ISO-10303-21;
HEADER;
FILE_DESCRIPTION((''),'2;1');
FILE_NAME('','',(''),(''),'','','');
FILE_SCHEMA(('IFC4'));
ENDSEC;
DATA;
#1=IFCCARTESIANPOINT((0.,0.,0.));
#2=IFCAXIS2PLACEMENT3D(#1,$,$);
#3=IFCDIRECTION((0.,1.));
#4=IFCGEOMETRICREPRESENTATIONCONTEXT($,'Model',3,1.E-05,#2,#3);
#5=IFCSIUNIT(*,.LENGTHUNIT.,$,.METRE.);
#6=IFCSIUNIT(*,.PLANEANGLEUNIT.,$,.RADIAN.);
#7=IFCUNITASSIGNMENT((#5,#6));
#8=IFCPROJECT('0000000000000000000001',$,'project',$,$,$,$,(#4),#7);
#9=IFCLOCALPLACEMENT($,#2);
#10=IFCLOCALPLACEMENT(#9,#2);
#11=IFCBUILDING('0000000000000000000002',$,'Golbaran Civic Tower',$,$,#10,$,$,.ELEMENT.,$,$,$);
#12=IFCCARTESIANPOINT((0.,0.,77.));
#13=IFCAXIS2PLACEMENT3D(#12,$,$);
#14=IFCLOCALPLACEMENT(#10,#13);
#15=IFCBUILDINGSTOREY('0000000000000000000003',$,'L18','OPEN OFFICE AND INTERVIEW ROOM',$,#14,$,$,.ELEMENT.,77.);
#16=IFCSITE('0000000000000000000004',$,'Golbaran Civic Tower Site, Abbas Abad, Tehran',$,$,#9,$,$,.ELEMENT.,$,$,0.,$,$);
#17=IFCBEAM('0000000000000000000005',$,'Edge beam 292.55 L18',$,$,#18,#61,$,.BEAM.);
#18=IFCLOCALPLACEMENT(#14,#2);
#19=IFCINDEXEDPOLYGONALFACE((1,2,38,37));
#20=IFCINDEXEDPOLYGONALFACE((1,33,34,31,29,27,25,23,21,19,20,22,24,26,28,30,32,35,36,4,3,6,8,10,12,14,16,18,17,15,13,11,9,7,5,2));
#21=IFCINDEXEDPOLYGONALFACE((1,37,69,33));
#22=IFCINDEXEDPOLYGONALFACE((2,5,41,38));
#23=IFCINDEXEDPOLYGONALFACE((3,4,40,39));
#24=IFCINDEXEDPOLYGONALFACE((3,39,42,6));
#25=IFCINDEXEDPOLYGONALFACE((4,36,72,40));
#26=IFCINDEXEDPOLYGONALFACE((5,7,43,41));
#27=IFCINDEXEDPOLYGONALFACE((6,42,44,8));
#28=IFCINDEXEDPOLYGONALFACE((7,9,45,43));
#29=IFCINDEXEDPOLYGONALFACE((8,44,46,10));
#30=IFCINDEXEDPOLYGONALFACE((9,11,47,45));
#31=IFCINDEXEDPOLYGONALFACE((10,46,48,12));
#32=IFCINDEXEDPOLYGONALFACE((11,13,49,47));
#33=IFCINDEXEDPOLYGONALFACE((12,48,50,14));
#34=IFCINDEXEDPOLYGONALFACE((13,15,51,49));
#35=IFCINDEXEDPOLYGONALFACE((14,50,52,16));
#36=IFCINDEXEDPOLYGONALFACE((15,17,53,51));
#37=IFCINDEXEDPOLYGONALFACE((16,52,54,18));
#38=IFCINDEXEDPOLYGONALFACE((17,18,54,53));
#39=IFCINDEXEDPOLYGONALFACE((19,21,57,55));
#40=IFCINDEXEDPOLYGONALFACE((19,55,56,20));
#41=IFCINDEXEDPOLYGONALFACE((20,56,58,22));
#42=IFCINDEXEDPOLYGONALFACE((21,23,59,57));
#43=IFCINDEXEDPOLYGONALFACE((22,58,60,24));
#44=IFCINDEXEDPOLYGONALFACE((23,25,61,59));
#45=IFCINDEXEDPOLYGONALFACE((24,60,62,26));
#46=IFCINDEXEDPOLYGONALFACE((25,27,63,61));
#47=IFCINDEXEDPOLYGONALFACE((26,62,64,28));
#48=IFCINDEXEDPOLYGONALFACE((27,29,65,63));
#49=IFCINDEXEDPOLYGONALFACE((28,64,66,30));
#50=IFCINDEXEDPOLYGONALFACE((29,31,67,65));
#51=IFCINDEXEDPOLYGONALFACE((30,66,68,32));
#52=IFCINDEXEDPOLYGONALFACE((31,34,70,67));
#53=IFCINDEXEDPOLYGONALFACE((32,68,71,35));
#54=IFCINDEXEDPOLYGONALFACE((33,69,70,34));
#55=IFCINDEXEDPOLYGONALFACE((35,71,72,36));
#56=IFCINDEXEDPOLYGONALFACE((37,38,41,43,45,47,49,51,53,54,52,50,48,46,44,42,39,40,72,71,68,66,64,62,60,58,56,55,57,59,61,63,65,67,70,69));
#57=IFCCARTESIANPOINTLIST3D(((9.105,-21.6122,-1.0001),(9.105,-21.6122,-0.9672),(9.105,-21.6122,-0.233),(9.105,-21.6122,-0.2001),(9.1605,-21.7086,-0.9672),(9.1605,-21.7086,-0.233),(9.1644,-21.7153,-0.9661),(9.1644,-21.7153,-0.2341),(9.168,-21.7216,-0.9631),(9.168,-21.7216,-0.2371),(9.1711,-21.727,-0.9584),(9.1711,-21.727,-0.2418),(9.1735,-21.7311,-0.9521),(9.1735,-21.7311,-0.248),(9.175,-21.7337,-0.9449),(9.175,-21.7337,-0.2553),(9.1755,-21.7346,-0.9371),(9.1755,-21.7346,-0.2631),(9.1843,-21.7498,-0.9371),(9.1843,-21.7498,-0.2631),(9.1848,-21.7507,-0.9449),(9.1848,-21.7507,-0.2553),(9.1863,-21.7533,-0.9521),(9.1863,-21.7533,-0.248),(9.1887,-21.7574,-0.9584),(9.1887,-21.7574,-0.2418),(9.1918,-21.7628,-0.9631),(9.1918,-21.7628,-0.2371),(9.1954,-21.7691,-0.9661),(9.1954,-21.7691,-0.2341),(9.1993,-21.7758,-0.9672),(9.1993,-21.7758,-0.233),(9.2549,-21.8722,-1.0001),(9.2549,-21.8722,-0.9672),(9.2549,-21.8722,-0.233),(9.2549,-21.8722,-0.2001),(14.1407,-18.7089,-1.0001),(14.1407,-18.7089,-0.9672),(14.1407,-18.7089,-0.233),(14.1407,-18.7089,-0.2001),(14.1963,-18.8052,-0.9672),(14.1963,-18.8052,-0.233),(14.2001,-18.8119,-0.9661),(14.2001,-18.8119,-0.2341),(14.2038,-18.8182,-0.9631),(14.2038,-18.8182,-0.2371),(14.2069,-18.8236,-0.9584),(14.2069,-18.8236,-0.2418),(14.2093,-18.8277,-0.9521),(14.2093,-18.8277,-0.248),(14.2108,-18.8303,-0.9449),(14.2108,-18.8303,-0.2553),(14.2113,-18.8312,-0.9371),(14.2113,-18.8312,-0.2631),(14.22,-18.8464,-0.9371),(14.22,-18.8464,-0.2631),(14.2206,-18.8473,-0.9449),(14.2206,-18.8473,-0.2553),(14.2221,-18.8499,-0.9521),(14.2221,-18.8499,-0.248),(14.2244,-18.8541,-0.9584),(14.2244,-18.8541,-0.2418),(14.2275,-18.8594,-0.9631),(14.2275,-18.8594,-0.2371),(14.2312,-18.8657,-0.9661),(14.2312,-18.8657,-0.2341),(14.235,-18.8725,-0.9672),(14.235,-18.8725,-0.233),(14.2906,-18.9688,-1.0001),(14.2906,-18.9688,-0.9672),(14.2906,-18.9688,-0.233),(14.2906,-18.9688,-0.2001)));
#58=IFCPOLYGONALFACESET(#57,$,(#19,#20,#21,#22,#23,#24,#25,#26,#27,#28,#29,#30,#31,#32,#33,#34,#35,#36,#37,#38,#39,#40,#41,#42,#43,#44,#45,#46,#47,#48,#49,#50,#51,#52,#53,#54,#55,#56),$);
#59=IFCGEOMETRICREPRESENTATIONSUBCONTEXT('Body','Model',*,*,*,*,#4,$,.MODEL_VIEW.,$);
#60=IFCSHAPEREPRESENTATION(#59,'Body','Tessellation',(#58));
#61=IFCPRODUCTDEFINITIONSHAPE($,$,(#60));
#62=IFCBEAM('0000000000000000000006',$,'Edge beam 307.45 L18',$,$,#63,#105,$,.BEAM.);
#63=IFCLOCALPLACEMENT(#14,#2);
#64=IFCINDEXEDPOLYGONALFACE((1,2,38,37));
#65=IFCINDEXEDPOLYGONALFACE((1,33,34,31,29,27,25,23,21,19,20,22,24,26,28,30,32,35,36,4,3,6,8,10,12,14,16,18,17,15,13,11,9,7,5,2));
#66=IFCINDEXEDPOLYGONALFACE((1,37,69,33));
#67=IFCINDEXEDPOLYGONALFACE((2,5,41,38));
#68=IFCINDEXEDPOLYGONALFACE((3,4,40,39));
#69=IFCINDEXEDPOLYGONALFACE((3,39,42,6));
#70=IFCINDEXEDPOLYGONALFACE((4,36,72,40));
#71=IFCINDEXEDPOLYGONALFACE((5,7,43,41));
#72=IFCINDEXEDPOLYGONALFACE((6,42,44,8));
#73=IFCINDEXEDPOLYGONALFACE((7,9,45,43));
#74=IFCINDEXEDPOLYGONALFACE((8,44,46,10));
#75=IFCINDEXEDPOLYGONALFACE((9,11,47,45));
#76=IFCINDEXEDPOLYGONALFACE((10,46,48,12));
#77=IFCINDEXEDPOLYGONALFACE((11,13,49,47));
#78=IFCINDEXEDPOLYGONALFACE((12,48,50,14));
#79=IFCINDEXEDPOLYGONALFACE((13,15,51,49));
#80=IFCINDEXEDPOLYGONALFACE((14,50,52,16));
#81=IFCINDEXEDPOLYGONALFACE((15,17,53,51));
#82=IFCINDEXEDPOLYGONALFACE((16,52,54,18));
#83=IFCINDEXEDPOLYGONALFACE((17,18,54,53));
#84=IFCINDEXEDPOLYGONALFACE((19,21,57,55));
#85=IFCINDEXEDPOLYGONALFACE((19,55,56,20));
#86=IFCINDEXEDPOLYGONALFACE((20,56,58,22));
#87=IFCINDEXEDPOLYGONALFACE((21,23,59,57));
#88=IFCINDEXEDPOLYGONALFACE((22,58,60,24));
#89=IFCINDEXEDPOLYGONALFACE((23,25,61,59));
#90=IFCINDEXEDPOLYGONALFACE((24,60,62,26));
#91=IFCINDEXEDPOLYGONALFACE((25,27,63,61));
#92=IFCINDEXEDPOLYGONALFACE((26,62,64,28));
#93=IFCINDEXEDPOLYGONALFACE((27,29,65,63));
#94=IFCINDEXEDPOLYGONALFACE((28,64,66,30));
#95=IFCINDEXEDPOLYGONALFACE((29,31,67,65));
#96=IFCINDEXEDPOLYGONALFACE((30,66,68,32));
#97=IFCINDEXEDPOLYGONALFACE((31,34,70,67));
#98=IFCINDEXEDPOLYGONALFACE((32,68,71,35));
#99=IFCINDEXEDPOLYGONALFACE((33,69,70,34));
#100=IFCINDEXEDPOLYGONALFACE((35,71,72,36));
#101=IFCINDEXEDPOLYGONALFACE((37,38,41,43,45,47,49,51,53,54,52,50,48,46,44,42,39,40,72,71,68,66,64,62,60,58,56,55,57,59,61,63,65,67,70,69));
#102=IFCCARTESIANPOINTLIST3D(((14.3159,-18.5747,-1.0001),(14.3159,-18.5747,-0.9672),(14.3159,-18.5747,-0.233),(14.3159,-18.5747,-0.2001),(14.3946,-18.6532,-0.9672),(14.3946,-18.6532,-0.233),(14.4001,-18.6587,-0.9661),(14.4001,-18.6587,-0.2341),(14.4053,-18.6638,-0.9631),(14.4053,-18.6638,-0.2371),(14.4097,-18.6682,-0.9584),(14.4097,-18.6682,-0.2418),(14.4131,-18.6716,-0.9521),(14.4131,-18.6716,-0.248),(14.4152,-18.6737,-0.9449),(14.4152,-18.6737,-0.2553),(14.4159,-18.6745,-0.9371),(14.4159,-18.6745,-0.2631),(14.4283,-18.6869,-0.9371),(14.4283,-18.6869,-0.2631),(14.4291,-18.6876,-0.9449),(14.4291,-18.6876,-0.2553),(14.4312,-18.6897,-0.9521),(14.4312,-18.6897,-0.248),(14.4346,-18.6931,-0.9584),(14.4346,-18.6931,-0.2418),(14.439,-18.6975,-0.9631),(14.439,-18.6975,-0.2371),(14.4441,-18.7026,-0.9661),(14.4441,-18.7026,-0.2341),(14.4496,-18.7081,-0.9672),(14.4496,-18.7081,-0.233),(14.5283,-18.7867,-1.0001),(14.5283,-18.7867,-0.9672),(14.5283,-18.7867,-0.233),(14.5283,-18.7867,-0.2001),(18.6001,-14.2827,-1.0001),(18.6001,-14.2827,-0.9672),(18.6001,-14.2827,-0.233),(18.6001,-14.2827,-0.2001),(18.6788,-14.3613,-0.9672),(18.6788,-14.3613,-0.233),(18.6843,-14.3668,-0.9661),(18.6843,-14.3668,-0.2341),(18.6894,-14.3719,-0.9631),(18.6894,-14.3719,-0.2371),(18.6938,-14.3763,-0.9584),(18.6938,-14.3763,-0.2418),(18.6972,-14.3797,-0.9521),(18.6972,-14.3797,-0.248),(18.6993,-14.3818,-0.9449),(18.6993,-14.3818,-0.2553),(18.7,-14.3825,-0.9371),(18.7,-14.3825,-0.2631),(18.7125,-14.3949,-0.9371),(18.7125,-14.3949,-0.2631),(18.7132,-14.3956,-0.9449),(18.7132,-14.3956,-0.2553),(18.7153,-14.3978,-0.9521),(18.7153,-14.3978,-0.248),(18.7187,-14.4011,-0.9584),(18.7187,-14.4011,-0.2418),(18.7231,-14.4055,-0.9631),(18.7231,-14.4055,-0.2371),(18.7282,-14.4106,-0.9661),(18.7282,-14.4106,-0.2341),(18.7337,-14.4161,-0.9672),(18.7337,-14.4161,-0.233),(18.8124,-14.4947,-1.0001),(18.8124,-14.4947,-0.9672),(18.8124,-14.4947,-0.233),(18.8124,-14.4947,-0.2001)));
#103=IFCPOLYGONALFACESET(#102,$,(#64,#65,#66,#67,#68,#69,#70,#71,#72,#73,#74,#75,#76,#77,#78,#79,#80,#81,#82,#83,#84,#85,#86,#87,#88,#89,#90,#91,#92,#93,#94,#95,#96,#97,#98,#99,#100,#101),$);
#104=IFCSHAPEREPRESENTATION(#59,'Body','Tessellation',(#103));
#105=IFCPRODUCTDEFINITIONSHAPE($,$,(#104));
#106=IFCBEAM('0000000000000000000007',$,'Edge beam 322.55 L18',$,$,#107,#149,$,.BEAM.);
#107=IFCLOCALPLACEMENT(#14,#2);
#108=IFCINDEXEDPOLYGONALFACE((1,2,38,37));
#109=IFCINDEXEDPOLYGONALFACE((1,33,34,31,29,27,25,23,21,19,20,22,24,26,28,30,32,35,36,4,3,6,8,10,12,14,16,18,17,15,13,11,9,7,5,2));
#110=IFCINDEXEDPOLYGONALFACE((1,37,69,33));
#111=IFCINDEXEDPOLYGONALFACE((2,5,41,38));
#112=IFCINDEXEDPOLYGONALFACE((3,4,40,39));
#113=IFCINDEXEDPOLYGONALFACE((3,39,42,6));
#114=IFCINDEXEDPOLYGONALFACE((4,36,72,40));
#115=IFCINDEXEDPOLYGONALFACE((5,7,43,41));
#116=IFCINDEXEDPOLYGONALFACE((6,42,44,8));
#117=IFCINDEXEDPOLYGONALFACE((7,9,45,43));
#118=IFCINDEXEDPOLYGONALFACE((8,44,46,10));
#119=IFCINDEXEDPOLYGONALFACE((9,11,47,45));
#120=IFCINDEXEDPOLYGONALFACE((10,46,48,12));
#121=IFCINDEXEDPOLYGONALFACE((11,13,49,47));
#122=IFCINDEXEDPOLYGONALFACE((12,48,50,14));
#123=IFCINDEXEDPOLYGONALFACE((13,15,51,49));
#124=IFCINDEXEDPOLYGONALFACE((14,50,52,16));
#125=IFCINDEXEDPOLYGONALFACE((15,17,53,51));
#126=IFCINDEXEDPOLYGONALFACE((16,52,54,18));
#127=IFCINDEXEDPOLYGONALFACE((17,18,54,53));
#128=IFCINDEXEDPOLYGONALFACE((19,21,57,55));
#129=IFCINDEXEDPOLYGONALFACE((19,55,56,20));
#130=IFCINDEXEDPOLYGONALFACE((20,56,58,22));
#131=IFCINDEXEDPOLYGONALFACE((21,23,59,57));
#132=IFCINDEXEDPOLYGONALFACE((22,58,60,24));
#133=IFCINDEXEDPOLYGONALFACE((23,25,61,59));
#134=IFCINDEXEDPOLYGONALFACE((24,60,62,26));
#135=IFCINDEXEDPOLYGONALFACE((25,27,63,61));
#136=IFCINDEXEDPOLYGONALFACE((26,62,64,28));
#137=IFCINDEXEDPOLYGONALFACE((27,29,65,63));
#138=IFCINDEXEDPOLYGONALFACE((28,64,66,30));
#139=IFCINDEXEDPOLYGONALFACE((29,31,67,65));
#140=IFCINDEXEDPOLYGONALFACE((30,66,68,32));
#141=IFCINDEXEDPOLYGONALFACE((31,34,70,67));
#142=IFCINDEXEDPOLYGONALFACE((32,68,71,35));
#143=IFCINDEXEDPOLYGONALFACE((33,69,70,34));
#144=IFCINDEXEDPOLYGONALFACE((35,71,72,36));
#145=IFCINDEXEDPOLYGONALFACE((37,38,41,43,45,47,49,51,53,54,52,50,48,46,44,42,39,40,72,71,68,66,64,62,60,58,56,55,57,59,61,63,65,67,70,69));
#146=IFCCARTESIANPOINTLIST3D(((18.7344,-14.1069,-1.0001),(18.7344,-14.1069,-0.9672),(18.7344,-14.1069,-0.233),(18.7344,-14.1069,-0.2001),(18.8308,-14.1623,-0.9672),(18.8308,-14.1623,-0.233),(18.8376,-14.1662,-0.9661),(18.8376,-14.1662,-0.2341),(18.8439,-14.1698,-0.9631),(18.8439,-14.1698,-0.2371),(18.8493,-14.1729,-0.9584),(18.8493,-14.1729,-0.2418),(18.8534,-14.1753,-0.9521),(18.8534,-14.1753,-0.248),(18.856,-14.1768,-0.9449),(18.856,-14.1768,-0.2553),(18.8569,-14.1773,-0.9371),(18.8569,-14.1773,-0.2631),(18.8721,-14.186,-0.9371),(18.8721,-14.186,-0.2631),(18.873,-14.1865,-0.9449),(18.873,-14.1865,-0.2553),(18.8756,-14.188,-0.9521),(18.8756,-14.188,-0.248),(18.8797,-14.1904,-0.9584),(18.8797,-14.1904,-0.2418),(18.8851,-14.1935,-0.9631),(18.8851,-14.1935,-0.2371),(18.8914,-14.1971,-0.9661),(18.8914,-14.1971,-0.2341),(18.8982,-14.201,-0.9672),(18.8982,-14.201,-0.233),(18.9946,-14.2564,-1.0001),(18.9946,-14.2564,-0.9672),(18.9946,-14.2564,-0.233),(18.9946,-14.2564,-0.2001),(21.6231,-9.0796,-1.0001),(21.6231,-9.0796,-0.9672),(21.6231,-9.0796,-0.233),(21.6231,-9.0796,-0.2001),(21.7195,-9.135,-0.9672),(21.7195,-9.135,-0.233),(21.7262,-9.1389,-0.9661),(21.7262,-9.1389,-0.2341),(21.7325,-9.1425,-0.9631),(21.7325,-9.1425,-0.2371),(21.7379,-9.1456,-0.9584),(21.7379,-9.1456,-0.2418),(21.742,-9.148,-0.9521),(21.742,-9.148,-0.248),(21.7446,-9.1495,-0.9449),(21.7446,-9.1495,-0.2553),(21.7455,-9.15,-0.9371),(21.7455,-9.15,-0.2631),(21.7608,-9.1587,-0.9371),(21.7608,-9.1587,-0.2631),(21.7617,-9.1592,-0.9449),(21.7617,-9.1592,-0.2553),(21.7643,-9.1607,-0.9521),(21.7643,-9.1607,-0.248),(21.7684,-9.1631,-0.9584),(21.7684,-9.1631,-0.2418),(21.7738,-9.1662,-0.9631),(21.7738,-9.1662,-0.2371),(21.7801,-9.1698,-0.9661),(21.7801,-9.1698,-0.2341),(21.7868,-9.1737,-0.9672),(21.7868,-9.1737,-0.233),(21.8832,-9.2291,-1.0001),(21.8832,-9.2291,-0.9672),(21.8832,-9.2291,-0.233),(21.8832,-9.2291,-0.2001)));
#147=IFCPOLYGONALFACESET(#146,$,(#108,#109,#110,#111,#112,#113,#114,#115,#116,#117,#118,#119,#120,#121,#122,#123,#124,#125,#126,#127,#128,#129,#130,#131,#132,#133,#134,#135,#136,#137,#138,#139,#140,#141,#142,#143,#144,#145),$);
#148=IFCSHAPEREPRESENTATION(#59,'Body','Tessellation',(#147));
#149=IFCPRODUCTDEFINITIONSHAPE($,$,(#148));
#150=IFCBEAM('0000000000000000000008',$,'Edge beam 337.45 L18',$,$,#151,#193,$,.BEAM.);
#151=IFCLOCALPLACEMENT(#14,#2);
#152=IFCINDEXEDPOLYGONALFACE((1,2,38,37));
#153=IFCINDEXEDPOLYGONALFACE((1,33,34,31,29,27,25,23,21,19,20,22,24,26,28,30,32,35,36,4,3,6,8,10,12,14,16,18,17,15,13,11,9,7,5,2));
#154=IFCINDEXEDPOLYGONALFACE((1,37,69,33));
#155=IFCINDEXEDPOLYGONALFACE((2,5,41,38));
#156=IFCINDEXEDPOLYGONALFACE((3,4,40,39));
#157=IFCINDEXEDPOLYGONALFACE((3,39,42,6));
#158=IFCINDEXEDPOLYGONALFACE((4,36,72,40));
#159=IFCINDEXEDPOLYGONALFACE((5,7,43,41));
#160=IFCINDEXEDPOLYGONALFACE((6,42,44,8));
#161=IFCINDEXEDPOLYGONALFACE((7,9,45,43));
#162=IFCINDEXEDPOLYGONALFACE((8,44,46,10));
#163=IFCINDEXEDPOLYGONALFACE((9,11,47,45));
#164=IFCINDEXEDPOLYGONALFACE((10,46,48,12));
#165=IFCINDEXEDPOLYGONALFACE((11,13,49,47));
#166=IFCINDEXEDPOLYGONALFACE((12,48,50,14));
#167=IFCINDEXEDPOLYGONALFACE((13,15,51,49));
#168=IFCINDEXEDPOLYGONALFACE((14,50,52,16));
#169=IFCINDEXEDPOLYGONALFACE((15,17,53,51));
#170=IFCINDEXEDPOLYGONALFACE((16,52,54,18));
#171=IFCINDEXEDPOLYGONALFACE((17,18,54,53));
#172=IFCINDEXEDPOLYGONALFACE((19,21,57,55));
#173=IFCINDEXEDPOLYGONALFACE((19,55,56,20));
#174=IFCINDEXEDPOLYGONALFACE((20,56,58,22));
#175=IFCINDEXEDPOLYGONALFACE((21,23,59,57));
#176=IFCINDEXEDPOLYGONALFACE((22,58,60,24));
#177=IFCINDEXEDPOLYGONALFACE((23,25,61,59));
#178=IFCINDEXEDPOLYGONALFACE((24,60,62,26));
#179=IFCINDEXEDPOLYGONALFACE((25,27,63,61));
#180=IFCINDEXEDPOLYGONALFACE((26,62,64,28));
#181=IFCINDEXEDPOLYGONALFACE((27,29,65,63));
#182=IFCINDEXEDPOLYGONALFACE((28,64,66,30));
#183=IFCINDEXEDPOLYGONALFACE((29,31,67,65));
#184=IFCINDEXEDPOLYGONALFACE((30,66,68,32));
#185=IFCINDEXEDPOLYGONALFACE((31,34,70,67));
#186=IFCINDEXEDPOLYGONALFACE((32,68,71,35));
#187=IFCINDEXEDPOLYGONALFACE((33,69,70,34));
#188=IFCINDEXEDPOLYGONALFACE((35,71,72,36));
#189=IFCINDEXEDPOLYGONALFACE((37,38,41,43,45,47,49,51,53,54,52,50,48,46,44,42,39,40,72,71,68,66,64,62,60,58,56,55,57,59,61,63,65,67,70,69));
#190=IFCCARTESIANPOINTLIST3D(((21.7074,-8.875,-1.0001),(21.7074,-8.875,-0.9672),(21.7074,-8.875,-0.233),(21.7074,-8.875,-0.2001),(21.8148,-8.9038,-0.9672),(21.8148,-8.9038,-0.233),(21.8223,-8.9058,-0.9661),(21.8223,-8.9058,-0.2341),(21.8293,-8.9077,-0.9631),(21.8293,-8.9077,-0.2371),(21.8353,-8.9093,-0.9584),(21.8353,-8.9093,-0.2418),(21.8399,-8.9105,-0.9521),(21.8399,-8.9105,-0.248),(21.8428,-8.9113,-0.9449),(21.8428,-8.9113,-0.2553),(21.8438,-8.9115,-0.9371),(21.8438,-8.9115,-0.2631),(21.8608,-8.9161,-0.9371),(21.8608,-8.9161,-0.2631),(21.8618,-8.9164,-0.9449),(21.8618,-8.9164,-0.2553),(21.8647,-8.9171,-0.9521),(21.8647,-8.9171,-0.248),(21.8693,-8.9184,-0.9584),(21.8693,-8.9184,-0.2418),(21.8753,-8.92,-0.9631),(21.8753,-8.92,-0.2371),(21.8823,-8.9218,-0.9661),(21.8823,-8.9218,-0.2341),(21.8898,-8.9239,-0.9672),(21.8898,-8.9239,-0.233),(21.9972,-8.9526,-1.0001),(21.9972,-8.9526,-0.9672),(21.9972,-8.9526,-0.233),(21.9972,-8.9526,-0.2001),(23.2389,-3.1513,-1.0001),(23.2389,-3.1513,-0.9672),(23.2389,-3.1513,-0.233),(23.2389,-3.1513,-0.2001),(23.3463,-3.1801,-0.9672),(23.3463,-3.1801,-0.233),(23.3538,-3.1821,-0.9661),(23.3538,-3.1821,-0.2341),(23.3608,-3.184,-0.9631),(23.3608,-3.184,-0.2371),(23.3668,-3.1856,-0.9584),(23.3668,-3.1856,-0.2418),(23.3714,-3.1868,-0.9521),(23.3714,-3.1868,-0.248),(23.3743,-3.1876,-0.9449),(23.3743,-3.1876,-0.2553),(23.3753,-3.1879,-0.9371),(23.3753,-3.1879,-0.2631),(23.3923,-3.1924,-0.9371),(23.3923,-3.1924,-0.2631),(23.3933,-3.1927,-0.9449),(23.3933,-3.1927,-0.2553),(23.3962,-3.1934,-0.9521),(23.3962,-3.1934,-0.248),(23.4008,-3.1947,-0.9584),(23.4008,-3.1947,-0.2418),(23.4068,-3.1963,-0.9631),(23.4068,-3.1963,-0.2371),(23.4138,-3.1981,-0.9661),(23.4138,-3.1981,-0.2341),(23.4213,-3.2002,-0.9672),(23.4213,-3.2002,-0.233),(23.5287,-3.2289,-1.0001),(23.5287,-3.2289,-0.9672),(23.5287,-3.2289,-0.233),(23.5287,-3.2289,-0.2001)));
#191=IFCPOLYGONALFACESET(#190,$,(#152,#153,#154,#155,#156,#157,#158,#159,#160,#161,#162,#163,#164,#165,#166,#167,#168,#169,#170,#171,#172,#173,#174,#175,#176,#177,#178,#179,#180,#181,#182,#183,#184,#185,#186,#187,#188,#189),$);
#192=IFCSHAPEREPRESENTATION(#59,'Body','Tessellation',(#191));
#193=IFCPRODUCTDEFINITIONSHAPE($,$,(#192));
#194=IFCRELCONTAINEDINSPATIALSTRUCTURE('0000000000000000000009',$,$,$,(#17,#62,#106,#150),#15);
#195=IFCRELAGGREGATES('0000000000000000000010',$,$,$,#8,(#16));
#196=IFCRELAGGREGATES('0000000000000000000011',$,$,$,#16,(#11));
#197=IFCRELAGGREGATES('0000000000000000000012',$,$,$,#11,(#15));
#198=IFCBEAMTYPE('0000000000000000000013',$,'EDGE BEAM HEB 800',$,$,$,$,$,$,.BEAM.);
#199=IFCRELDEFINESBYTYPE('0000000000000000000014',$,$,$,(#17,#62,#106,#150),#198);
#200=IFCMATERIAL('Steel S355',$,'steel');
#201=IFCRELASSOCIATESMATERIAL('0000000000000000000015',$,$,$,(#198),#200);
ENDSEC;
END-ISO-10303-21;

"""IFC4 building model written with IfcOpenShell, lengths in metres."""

from ifc_helpers import new_model, si_unit, direction, frame, origin, origin_2d, place, context, subcontext, project, spatial, i_section, extrude, material, material_profile, profile_set, type_object, element, save


model = new_model("IFC4")

# Units and contexts
model_context = context("Model", 3, precision=1e-05, world=origin(), true_north=direction((0.0, 1.0)))
body_context = subcontext(model_context, "Body", "Model", "MODEL_VIEW")
ifc_project = project(units=[si_unit("LENGTHUNIT", "METRE"), si_unit("PLANEANGLEUNIT", "RADIAN")], contexts=[model_context])

# Site, building, storey
site_placement = place(None, origin())
site = spatial("IfcSite", under=ifc_project, at=site_placement, Name="Golbaran Civic Tower Site, Abbas Abad, Tehran", CompositionType="ELEMENT", RefElevation=0.0)
building_placement = place(site_placement, origin())
building = spatial("IfcBuilding", under=site, at=building_placement, Name="Golbaran Civic Tower", CompositionType="ELEMENT")
storey_placement = place(building_placement, frame((0.0, 0.0, 77.0)))
storey = spatial("IfcBuildingStorey", under=building, at=storey_placement, Name="L18", Description="OPEN OFFICE AND INTERVIEW ROOM", CompositionType="ELEMENT", Elevation=77.0)

# Beams
ifc_material_1 = material(Name="Steel S355", Category="steel")
ifc_material_profile_1 = material_profile(ifc_material_1, i_section(OverallWidth=0.3, OverallDepth=0.8, WebThickness=0.0176, FlangeThickness=0.033, FilletRadius=0.03, at=origin_2d()), Name="HEB 800")
ifc_profile_set_1 = profile_set([ifc_material_profile_1], Name="Steel S355")
beam_type_1 = type_object("IfcBeamType", Name="EDGE BEAM HEB 800", PredefinedType="BEAM", material=ifc_profile_set_1)
beam_1_placement = place(storey_placement, frame((9.1799, -21.7422, -0.6001), z_axis=(0.866324, 0.499482, 0.0), x_axis=(-0.499482, 0.866324, 0.0)))
element("IfcBeam", 1, at=beam_1_placement, inside=storey, type_object=beam_type_1, Name="Edge beam 292.55 L18", PredefinedType="BEAM", context=body_context, shape_type="SweptSolid", body=[
    extrude(i_section(OverallWidth=0.3, OverallDepth=0.8, WebThickness=0.0176, FlangeThickness=0.033, FilletRadius=0.03, at=origin_2d()), origin(), (0.0, 0.0, 1.0), 5.8127),
])
beam_2_placement = place(storey_placement, frame((14.4221, -18.6807, -0.6001), z_axis=(0.706462, 0.707751, 0.0), x_axis=(-0.707751, 0.706462, 0.0)))
element("IfcBeam", 2, at=beam_2_placement, inside=storey, type_object=beam_type_1, Name="Edge beam 307.45 L18", PredefinedType="BEAM", context=body_context, shape_type="SweptSolid", body=[
    extrude(i_section(OverallWidth=0.3, OverallDepth=0.8, WebThickness=0.0176, FlangeThickness=0.033, FilletRadius=0.03, at=origin_2d()), origin(), (0.0, 0.0, 1.0), 6.0642),
])
beam_3_placement = place(storey_placement, frame((18.8645, -14.1816, -0.6001), z_axis=(0.498205, 0.867059, 0.0), x_axis=(-0.867059, 0.498205, 0.0)))
element("IfcBeam", 3, at=beam_3_placement, inside=storey, type_object=beam_type_1, Name="Edge beam 322.55 L18", PredefinedType="BEAM", context=body_context, shape_type="SweptSolid", body=[
    extrude(i_section(OverallWidth=0.3, OverallDepth=0.8, WebThickness=0.0176, FlangeThickness=0.033, FilletRadius=0.03, at=origin_2d()), origin(), (0.0, 0.0, 1.0), 5.7981),
])
beam_4_placement = place(storey_placement, frame((21.8523, -8.9138, -0.6001), z_axis=(0.258481, 0.966016, 0.0), x_axis=(-0.966016, 0.258481, 0.0)))
element("IfcBeam", 4, at=beam_4_placement, inside=storey, type_object=beam_type_1, Name="Edge beam 337.45 L18", PredefinedType="BEAM", context=body_context, shape_type="SweptSolid", body=[
    extrude(i_section(OverallWidth=0.3, OverallDepth=0.8, WebThickness=0.0176, FlangeThickness=0.033, FilletRadius=0.03, at=origin_2d()), origin(), (0.0, 0.0, 1.0), 5.925),
])

save(model, "model.ifc")
